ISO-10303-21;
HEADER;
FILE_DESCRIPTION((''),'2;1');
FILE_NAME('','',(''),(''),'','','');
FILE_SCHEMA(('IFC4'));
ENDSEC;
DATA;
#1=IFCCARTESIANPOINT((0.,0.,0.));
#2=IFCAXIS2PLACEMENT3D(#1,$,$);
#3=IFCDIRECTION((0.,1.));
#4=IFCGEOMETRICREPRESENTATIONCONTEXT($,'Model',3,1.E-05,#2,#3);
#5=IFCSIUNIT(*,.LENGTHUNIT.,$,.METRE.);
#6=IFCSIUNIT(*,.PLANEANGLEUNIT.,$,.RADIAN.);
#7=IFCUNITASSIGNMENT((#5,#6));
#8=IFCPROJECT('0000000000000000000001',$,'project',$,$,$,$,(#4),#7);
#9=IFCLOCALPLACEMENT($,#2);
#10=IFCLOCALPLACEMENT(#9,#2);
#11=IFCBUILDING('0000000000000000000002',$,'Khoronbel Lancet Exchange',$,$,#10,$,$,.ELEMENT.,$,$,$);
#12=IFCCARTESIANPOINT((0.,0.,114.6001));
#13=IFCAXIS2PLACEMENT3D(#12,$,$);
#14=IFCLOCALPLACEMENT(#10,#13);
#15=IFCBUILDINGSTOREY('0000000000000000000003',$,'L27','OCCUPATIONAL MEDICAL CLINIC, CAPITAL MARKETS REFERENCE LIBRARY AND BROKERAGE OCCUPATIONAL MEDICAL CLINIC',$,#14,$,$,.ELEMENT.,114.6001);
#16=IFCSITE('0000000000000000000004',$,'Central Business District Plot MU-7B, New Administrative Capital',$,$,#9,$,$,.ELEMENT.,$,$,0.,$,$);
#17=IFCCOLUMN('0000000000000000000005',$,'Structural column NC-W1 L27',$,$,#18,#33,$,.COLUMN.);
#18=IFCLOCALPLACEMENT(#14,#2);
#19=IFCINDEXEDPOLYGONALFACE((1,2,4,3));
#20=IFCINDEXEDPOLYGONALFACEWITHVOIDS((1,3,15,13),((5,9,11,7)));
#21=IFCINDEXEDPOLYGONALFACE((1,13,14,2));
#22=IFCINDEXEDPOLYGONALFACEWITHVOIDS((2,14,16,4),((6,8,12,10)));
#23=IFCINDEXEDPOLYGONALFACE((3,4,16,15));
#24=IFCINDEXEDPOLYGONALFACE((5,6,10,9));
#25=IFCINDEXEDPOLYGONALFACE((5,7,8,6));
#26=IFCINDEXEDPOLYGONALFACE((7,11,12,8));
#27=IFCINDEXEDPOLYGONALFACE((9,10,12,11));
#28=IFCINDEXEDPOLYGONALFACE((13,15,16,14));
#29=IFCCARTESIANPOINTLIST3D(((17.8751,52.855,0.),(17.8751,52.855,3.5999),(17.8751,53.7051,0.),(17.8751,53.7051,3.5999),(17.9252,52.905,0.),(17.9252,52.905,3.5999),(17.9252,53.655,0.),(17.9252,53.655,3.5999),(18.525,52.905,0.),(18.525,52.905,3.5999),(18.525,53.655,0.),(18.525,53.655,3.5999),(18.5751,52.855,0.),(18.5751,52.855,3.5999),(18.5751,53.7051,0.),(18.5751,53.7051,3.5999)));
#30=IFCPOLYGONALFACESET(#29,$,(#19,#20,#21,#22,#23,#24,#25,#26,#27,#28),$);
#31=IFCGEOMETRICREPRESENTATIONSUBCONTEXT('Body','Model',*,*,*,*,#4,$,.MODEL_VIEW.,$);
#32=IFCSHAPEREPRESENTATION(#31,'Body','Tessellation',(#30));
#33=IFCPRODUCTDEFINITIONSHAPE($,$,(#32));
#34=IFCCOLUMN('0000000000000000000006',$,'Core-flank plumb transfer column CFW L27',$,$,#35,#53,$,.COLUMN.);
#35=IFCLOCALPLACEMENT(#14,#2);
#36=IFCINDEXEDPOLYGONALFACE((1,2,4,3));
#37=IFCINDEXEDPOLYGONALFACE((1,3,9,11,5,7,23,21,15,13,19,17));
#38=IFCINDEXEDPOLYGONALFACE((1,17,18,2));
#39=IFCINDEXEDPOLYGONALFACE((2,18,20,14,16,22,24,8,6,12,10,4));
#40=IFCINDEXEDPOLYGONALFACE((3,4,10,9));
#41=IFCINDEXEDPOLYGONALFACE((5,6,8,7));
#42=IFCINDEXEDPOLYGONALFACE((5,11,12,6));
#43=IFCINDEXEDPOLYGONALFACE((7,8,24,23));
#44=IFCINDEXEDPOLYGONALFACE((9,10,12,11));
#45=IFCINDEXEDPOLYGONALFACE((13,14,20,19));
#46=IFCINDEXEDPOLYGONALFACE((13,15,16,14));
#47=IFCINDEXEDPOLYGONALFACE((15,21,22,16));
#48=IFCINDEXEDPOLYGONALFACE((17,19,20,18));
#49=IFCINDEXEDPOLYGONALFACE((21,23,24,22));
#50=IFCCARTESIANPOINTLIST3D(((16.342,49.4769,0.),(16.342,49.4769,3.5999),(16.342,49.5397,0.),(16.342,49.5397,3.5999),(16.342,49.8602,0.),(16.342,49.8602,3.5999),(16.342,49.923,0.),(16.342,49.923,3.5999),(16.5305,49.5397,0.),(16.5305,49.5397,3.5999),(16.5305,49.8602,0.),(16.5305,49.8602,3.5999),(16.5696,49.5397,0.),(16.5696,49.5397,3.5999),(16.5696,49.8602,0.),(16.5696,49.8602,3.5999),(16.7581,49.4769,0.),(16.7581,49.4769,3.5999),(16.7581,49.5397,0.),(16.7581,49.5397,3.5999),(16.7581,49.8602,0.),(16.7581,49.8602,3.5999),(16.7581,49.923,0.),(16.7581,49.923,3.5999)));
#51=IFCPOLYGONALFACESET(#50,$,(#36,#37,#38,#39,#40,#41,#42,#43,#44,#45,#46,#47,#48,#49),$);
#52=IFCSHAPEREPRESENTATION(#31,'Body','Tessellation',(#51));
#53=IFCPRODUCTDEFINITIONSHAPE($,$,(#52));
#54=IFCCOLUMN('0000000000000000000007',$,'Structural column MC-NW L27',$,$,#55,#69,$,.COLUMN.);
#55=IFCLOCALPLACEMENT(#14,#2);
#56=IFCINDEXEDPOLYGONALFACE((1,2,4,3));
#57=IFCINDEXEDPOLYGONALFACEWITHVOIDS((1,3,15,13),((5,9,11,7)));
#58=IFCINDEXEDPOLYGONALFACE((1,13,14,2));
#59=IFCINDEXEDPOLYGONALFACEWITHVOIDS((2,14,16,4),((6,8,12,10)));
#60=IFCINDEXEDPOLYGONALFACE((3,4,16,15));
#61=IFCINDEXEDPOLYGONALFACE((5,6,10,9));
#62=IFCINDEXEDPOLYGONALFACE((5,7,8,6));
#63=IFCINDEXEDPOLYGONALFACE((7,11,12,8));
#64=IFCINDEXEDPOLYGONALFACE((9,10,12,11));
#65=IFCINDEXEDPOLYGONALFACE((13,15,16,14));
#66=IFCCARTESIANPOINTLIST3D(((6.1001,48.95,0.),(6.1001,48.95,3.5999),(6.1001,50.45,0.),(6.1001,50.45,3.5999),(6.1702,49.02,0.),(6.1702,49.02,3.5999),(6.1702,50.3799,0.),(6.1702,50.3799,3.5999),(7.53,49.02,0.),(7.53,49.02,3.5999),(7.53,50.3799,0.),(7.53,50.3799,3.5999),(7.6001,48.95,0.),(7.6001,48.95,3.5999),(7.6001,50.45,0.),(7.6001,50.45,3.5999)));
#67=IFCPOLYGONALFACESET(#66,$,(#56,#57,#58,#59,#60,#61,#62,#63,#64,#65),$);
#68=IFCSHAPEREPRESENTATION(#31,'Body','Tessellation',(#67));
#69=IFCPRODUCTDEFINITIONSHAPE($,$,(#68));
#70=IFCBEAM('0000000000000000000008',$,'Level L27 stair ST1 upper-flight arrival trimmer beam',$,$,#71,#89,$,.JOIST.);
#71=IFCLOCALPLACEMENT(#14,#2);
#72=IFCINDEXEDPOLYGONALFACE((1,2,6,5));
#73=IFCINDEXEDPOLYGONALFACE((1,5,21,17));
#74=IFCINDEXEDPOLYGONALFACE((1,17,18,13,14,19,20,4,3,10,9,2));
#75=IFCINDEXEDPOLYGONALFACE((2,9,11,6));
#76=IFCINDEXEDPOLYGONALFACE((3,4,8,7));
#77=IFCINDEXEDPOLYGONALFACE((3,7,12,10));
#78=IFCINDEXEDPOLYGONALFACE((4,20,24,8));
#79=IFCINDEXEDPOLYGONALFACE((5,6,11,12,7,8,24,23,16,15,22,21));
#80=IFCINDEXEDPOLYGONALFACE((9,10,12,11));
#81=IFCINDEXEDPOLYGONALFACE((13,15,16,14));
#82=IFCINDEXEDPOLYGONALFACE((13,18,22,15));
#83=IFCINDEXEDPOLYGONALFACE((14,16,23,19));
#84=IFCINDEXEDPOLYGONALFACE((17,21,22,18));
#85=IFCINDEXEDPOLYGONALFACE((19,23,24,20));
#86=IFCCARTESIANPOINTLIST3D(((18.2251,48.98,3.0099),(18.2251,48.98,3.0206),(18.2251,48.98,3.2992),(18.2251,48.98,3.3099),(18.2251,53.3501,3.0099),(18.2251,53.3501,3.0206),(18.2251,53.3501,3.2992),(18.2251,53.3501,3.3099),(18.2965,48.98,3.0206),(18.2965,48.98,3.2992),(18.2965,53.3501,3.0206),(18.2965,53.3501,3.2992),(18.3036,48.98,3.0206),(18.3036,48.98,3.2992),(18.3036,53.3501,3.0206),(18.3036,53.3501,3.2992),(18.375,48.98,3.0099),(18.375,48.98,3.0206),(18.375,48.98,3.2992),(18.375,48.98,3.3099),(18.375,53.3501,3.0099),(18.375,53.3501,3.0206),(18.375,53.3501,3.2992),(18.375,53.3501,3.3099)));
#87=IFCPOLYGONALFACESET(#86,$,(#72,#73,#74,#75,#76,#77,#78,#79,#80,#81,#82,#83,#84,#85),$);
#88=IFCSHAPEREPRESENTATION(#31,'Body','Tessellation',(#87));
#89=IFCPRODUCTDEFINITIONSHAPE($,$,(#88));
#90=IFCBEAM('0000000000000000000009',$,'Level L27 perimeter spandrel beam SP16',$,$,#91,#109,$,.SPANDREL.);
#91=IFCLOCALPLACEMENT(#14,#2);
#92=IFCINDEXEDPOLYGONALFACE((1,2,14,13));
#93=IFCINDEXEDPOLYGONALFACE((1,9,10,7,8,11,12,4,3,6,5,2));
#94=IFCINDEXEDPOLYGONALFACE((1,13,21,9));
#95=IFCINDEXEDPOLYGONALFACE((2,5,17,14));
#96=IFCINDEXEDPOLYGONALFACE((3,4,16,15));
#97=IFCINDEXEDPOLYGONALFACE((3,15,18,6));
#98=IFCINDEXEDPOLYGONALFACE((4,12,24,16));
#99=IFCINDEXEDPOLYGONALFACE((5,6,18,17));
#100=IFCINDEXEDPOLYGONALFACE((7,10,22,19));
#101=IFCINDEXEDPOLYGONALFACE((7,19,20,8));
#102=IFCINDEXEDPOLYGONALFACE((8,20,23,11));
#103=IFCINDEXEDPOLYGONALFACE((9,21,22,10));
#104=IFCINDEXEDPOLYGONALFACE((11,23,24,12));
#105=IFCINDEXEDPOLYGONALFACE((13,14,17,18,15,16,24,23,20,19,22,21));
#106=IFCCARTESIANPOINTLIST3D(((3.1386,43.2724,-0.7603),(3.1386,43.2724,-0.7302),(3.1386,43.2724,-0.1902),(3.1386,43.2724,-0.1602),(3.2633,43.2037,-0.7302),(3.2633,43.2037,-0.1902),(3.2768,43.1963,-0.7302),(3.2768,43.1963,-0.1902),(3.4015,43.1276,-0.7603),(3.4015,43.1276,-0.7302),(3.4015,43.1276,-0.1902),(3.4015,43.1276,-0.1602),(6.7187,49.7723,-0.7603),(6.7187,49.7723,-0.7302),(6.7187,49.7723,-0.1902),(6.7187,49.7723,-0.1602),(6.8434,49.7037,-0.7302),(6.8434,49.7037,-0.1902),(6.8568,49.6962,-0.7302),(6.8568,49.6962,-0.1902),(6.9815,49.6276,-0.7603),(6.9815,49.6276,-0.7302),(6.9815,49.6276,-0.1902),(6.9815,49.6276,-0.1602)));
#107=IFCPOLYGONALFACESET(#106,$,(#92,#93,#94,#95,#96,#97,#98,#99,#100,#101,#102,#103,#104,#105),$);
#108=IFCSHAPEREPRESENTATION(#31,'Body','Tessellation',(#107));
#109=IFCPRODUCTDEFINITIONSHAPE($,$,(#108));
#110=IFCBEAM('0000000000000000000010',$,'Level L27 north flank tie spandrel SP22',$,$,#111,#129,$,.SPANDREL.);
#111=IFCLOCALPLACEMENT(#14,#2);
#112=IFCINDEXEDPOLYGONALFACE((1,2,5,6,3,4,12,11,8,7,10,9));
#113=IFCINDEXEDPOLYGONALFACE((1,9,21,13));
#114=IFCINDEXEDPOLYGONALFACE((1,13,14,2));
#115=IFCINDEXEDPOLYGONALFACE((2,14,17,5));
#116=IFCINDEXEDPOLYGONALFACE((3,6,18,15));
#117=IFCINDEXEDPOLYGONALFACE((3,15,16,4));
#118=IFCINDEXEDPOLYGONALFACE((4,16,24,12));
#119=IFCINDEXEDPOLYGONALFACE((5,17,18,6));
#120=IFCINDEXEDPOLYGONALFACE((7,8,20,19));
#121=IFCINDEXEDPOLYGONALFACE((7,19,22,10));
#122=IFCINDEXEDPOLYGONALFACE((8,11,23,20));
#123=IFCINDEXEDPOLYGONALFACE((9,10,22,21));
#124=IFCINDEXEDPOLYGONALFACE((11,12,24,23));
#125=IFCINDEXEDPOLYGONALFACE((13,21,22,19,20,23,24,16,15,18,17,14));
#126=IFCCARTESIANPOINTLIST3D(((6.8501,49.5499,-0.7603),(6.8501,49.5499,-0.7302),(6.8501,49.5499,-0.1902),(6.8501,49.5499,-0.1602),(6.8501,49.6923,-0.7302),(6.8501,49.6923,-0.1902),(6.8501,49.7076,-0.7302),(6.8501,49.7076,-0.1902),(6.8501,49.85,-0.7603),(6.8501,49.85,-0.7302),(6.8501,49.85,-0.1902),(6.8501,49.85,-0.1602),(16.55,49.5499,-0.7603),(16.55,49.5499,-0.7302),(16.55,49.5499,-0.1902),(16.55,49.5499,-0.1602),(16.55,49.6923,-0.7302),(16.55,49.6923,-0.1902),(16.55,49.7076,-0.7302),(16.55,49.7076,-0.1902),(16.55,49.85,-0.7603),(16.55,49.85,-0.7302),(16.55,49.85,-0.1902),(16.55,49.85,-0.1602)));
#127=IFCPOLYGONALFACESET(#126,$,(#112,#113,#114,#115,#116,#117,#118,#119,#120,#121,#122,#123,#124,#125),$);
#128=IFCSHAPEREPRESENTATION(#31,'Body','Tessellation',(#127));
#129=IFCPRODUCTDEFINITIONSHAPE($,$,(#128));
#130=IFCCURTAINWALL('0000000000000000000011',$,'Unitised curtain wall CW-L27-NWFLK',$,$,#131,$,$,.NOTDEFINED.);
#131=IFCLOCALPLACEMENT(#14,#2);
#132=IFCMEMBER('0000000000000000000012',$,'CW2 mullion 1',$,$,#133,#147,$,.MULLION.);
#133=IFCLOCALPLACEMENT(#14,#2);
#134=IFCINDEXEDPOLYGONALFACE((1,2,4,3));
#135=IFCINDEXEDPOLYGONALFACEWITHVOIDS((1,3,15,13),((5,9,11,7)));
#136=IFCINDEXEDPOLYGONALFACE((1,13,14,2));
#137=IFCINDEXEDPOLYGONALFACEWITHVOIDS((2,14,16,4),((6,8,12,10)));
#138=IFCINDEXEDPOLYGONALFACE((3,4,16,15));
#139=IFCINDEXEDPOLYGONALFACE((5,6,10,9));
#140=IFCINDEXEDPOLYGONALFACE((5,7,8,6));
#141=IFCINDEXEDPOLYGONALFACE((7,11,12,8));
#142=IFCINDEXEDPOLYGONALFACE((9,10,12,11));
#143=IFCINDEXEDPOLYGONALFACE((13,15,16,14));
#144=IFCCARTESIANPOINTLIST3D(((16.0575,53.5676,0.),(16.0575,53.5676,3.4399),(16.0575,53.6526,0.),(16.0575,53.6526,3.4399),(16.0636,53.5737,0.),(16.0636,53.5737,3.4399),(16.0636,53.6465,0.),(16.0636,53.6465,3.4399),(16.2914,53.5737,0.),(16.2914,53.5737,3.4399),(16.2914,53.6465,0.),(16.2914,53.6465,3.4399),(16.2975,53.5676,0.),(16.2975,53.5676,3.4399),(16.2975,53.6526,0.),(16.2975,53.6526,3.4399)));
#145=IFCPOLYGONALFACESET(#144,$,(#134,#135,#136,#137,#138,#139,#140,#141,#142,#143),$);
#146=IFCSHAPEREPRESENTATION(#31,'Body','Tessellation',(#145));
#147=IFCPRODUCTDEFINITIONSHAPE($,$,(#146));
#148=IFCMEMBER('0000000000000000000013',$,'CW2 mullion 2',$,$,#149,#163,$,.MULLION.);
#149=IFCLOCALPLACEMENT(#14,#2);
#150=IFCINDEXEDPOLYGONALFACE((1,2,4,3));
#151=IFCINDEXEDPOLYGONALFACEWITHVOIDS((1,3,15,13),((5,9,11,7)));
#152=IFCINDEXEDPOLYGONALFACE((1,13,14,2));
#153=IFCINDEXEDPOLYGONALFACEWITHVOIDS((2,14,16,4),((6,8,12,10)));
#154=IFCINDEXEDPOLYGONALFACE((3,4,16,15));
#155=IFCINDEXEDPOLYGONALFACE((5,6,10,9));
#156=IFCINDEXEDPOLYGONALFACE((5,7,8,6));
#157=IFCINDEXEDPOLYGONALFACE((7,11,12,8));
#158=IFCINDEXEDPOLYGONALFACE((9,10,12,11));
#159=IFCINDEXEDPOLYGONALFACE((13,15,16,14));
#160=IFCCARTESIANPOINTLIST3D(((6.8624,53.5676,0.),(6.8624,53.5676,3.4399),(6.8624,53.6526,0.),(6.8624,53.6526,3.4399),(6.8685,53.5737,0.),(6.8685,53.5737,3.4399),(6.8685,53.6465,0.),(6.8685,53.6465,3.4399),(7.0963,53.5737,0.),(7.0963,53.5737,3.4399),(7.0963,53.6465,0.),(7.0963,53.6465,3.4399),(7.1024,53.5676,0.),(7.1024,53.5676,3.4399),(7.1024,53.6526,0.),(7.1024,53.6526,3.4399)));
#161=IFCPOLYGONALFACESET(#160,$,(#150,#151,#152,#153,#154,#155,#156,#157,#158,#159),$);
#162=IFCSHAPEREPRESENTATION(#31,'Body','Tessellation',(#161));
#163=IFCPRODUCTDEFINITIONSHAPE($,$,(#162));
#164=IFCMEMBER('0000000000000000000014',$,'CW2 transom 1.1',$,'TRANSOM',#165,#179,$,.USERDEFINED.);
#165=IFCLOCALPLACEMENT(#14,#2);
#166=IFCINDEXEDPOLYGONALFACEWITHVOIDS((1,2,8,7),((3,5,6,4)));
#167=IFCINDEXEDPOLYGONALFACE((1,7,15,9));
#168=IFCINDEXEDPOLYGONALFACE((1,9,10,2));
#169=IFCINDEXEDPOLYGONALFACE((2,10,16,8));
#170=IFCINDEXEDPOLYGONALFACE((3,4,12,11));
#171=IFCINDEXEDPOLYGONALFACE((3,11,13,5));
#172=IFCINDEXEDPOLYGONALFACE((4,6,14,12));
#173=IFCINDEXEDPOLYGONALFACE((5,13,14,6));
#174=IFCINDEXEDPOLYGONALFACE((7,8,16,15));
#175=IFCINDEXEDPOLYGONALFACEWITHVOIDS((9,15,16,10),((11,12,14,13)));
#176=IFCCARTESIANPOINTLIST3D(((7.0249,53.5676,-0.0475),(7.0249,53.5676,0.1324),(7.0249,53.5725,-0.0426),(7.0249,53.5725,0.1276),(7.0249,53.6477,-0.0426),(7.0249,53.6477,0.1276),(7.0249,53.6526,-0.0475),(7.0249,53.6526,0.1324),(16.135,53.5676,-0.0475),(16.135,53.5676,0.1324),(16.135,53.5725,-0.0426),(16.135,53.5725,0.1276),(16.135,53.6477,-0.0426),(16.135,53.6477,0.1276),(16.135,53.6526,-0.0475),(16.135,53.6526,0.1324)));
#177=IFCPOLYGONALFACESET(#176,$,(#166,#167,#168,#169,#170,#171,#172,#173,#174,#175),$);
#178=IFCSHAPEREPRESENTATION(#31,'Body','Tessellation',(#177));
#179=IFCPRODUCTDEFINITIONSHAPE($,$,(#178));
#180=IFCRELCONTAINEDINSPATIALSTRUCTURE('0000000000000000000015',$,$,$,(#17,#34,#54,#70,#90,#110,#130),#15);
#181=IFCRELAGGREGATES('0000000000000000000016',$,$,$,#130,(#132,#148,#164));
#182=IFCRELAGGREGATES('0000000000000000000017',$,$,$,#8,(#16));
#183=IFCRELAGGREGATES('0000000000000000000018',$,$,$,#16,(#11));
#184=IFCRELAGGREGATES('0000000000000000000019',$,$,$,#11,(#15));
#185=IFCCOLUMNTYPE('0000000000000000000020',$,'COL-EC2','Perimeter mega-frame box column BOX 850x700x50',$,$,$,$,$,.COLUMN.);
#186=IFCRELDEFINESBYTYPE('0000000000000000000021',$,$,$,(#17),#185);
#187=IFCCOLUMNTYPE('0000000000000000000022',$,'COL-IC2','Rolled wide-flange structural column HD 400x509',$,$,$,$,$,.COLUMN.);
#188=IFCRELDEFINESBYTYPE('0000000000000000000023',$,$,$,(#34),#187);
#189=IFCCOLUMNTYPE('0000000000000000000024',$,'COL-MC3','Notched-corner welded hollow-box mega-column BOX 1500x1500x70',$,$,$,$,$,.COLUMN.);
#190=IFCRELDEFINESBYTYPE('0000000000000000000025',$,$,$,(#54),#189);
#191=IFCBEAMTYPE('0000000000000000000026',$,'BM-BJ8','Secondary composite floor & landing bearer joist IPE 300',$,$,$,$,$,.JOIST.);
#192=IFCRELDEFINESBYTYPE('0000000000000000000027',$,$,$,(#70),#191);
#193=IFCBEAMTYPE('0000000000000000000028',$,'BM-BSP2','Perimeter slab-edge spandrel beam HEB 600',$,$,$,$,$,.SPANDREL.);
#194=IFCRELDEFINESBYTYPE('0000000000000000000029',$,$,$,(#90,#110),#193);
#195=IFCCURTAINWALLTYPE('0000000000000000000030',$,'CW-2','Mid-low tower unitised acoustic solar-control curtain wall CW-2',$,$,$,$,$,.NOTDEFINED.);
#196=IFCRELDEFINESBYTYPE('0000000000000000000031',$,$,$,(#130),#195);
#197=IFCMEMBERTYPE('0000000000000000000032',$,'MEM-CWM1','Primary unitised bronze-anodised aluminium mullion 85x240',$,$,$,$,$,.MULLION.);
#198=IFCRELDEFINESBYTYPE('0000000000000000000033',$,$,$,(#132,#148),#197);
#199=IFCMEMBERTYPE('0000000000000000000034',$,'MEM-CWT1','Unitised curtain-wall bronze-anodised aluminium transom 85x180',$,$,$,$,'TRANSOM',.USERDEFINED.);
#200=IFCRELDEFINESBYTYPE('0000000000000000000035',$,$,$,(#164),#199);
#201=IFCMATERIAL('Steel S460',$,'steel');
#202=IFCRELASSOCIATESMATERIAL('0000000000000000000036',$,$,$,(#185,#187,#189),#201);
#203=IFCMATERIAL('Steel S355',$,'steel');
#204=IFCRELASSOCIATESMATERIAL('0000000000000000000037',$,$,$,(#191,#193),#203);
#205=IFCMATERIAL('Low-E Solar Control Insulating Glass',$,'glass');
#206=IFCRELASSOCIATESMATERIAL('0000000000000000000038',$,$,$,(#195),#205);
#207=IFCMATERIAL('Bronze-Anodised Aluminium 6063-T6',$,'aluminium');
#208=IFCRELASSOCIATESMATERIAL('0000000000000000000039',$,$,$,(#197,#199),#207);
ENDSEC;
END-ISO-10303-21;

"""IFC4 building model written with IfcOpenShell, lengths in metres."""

from ifc_helpers import new_model, si_unit, direction, frame, origin, origin_2d, place, context, subcontext, project, spatial, hollow_rectangle, i_section, extrude, material, material_profile, profile_set, type_object, element, aggregate, save


model = new_model("IFC4")

# Units and contexts
model_context = context("Model", 3, precision=1e-05, world=origin(), true_north=direction((0.0, 1.0)))
body_context = subcontext(model_context, "Body", "Model", "MODEL_VIEW")
ifc_project = project(units=[si_unit("LENGTHUNIT", "METRE"), si_unit("PLANEANGLEUNIT", "RADIAN")], contexts=[model_context])

# Site, building, storey
site_placement = place(None, origin())
site = spatial("IfcSite", under=ifc_project, at=site_placement, Name="Central Business District Plot MU-7B, New Administrative Capital", CompositionType="ELEMENT", RefElevation=0.0)
building_placement = place(site_placement, origin())
building = spatial("IfcBuilding", under=site, at=building_placement, Name="Khoronbel Lancet Exchange", CompositionType="ELEMENT")
storey_placement = place(building_placement, frame((0.0, 0.0, 114.6001)))
storey = spatial("IfcBuildingStorey", under=building, at=storey_placement, Name="L27", Description="OCCUPATIONAL MEDICAL CLINIC, CAPITAL MARKETS REFERENCE LIBRARY AND BROKERAGE OCCUPATIONAL MEDICAL CLINIC", CompositionType="ELEMENT", Elevation=114.6001)

# Columns
ifc_material_1 = material(Name="Steel S460", Category="steel")
ifc_material_profile_1 = material_profile(ifc_material_1, hollow_rectangle(XDim=0.7, YDim=0.8501, WallThickness=0.05, at=origin_2d()), Name="BOX 850x700x50")
ifc_profile_set_1 = profile_set([ifc_material_profile_1], Name="Steel S460")
column_type_1 = type_object("IfcColumnType", Name="COL-EC2", Description="Perimeter mega-frame box column BOX 850x700x50", PredefinedType="COLUMN", material=ifc_profile_set_1)
column_1_placement = place(storey_placement, frame((18.2251, 53.28, 0.0), z_axis=(0.0, 0.0, 1.0), x_axis=(1.0, 0.0, 0.0)))
element("IfcColumn", 1, at=column_1_placement, inside=storey, type_object=column_type_1, Name="Structural column NC-W1 L27", PredefinedType="COLUMN", context=body_context, shape_type="SweptSolid", body=[
    extrude(hollow_rectangle(XDim=0.7, YDim=0.8501, WallThickness=0.05, at=origin_2d()), origin(), (0.0, 0.0, 1.0), 3.5999),
])
ifc_material_profile_2 = material_profile(ifc_material_1, i_section(OverallWidth=0.416, OverallDepth=0.446, WebThickness=0.0391, FlangeThickness=0.0627, at=origin_2d()), Name="HD 400x509")
ifc_profile_set_2 = profile_set([ifc_material_profile_2], Name="Steel S460")
column_type_2 = type_object("IfcColumnType", Name="COL-IC2", Description="Rolled wide-flange structural column HD 400x509", PredefinedType="COLUMN", material=ifc_profile_set_2)
column_2_placement = place(storey_placement, frame((16.55, 49.7, 0.0), z_axis=(0.0, 0.0, 1.0), x_axis=(1.0, 0.0, 0.0)))
element("IfcColumn", 2, at=column_2_placement, inside=storey, type_object=column_type_2, Name="Core-flank plumb transfer column CFW L27", PredefinedType="COLUMN", context=body_context, shape_type="SweptSolid", body=[
    extrude(i_section(OverallWidth=0.416, OverallDepth=0.446, WebThickness=0.0391, FlangeThickness=0.0627, at=origin_2d()), origin(), (0.0, 0.0, 1.0), 3.5999),
])
ifc_material_profile_3 = material_profile(ifc_material_1, hollow_rectangle(XDim=1.5, YDim=1.5, WallThickness=0.0701, at=origin_2d()), Name="BOX 1500x1500x70")
ifc_profile_set_3 = profile_set([ifc_material_profile_3], Name="Steel S460")
column_type_3 = type_object("IfcColumnType", Name="COL-MC3", Description="Notched-corner welded hollow-box mega-column BOX 1500x1500x70", PredefinedType="COLUMN", material=ifc_profile_set_3)
column_3_placement = place(storey_placement, frame((6.8501, 49.7, 0.0), z_axis=(0.0, 0.0, 1.0), x_axis=(1.0, 0.0, 0.0)))
element("IfcColumn", 3, at=column_3_placement, inside=storey, type_object=column_type_3, Name="Structural column MC-NW L27", PredefinedType="COLUMN", context=body_context, shape_type="SweptSolid", body=[
    extrude(hollow_rectangle(XDim=1.5, YDim=1.5, WallThickness=0.0701, at=origin_2d()), origin(), (0.0, 0.0, 1.0), 3.5999),
])

# Beams
ifc_material_2 = material(Name="Steel S355", Category="steel")
ifc_material_profile_4 = material_profile(ifc_material_2, i_section(OverallWidth=0.1499, OverallDepth=0.3, WebThickness=0.0071, FlangeThickness=0.0107, at=origin_2d()), Name="IPE 300")
ifc_profile_set_4 = profile_set([ifc_material_profile_4], Name="Steel S355")
beam_type_1 = type_object("IfcBeamType", Name="BM-BJ8", Description="Secondary composite floor & landing bearer joist IPE 300", PredefinedType="JOIST", material=ifc_profile_set_4)
beam_1_placement = place(storey_placement, frame((18.3, 48.98, 3.1599), z_axis=(0.0, 1.0, 0.0), x_axis=(-1.0, 0.0, 0.0)))
element("IfcBeam", 4, at=beam_1_placement, inside=storey, type_object=beam_type_1, Name="Level L27 stair ST1 upper-flight arrival trimmer beam", PredefinedType="JOIST", context=body_context, shape_type="SweptSolid", body=[
    extrude(i_section(OverallWidth=0.1499, OverallDepth=0.3, WebThickness=0.0071, FlangeThickness=0.0107, at=origin_2d()), origin(), (0.0, 0.0, 1.0), 4.3701),
])
ifc_material_profile_5 = material_profile(ifc_material_2, i_section(OverallWidth=0.3, OverallDepth=0.6001, WebThickness=0.0154, FlangeThickness=0.03, at=origin_2d()), Name="HEB 600")
ifc_profile_set_5 = profile_set([ifc_material_profile_5], Name="Steel S355")
beam_type_2 = type_object("IfcBeamType", Name="BM-BSP2", Description="Perimeter slab-edge spandrel beam HEB 600", PredefinedType="SPANDREL", material=ifc_profile_set_5)
beam_2_placement = place(storey_placement, frame((6.8501, 49.7, -0.4602), z_axis=(-0.482444, -0.875927, 0.0), x_axis=(0.875927, -0.482444, 0.0)))
element("IfcBeam", 5, at=beam_2_placement, inside=storey, type_object=beam_type_2, Name="Level L27 perimeter spandrel beam SP16", PredefinedType="SPANDREL", context=body_context, shape_type="SweptSolid", body=[
    extrude(i_section(OverallWidth=0.3, OverallDepth=0.6001, WebThickness=0.0154, FlangeThickness=0.03, at=origin_2d()), origin(), (0.0, 0.0, 1.0), 7.4207),
])
beam_3_placement = place(storey_placement, frame((6.8501, 49.7, -0.4602), z_axis=(1.0, 0.0, 0.0), x_axis=(0.0, 1.0, 0.0)))
element("IfcBeam", 6, at=beam_3_placement, inside=storey, type_object=beam_type_2, Name="Level L27 north flank tie spandrel SP22", PredefinedType="SPANDREL", context=body_context, shape_type="SweptSolid", body=[
    extrude(i_section(OverallWidth=0.3, OverallDepth=0.6001, WebThickness=0.0154, FlangeThickness=0.03, at=origin_2d()), origin(), (0.0, 0.0, 1.0), 9.7),
])

# Curtain wall, members
ifc_material_3 = material(Name="Low-E Solar Control Insulating Glass", Category="glass")
curtain_wall_type = type_object("IfcCurtainWallType", Name="CW-2", Description="Mid-low tower unitised acoustic solar-control curtain wall CW-2", PredefinedType="NOTDEFINED", material=ifc_material_3)
curtain_wall_placement = place(storey_placement, origin())
curtain_wall = element("IfcCurtainWall", 7, at=curtain_wall_placement, inside=storey, type_object=curtain_wall_type, Name="Unitised curtain wall CW-L27-NWFLK", PredefinedType="NOTDEFINED")
ifc_material_4 = material(Name="Bronze-Anodised Aluminium 6063-T6", Category="aluminium")
ifc_material_profile_6 = material_profile(ifc_material_4, hollow_rectangle(XDim=0.085, YDim=0.24, WallThickness=0.0061, at=origin_2d()), Name="ALU MULLION 85x240")
ifc_profile_set_6 = profile_set([ifc_material_profile_6], Name="Bronze-Anodised Aluminium 6063-T6")
member_type_1 = type_object("IfcMemberType", Name="MEM-CWM1", Description="Primary unitised bronze-anodised aluminium mullion 85x240", PredefinedType="MULLION", material=ifc_profile_set_6)
member_1_placement = place(storey_placement, frame((16.1775, 53.6101, 0.0), z_axis=(0.0, 0.0, 1.0), x_axis=(0.0, -1.0, 0.0)))
member_1 = element("IfcMember", 8, at=member_1_placement, type_object=member_type_1, Name="CW2 mullion 1", PredefinedType="MULLION", context=body_context, shape_type="SweptSolid", body=[
    extrude(hollow_rectangle(XDim=0.085, YDim=0.24, WallThickness=0.0061, at=origin_2d()), origin(), (0.0, 0.0, 1.0), 3.4399),
])
member_2_placement = place(storey_placement, frame((6.9824, 53.6101, 0.0), z_axis=(0.0, 0.0, 1.0), x_axis=(0.0, -1.0, 0.0)))
member_2 = element("IfcMember", 9, at=member_2_placement, type_object=member_type_1, Name="CW2 mullion 2", PredefinedType="MULLION", context=body_context, shape_type="SweptSolid", body=[
    extrude(hollow_rectangle(XDim=0.085, YDim=0.24, WallThickness=0.0061, at=origin_2d()), origin(), (0.0, 0.0, 1.0), 3.4399),
])
ifc_material_profile_7 = material_profile(ifc_material_4, hollow_rectangle(XDim=0.085, YDim=0.1799, WallThickness=0.0049, at=origin_2d()), Name="ALU TRANSOM 85x180")
ifc_profile_set_7 = profile_set([ifc_material_profile_7], Name="Bronze-Anodised Aluminium 6063-T6")
member_type_2 = type_object("IfcMemberType", Name="MEM-CWT1", Description="Unitised curtain-wall bronze-anodised aluminium transom 85x180", ElementType="TRANSOM", PredefinedType="USERDEFINED", material=ifc_profile_set_7)
member_3_placement = place(storey_placement, frame((16.135, 53.6101, 0.0425), z_axis=(-1.0, 0.0, 0.0), x_axis=(0.0, -1.0, 0.0)))
member_3 = element("IfcMember", 10, at=member_3_placement, type_object=member_type_2, Name="CW2 transom 1.1", ObjectType="TRANSOM", PredefinedType="USERDEFINED", context=body_context, shape_type="SweptSolid", body=[
    extrude(hollow_rectangle(XDim=0.085, YDim=0.1799, WallThickness=0.0049, at=origin_2d()), origin(), (0.0, 0.0, 1.0), 9.1101),
])
aggregate(curtain_wall, [member_1, member_2, member_3])

save(model, "model.ifc")
